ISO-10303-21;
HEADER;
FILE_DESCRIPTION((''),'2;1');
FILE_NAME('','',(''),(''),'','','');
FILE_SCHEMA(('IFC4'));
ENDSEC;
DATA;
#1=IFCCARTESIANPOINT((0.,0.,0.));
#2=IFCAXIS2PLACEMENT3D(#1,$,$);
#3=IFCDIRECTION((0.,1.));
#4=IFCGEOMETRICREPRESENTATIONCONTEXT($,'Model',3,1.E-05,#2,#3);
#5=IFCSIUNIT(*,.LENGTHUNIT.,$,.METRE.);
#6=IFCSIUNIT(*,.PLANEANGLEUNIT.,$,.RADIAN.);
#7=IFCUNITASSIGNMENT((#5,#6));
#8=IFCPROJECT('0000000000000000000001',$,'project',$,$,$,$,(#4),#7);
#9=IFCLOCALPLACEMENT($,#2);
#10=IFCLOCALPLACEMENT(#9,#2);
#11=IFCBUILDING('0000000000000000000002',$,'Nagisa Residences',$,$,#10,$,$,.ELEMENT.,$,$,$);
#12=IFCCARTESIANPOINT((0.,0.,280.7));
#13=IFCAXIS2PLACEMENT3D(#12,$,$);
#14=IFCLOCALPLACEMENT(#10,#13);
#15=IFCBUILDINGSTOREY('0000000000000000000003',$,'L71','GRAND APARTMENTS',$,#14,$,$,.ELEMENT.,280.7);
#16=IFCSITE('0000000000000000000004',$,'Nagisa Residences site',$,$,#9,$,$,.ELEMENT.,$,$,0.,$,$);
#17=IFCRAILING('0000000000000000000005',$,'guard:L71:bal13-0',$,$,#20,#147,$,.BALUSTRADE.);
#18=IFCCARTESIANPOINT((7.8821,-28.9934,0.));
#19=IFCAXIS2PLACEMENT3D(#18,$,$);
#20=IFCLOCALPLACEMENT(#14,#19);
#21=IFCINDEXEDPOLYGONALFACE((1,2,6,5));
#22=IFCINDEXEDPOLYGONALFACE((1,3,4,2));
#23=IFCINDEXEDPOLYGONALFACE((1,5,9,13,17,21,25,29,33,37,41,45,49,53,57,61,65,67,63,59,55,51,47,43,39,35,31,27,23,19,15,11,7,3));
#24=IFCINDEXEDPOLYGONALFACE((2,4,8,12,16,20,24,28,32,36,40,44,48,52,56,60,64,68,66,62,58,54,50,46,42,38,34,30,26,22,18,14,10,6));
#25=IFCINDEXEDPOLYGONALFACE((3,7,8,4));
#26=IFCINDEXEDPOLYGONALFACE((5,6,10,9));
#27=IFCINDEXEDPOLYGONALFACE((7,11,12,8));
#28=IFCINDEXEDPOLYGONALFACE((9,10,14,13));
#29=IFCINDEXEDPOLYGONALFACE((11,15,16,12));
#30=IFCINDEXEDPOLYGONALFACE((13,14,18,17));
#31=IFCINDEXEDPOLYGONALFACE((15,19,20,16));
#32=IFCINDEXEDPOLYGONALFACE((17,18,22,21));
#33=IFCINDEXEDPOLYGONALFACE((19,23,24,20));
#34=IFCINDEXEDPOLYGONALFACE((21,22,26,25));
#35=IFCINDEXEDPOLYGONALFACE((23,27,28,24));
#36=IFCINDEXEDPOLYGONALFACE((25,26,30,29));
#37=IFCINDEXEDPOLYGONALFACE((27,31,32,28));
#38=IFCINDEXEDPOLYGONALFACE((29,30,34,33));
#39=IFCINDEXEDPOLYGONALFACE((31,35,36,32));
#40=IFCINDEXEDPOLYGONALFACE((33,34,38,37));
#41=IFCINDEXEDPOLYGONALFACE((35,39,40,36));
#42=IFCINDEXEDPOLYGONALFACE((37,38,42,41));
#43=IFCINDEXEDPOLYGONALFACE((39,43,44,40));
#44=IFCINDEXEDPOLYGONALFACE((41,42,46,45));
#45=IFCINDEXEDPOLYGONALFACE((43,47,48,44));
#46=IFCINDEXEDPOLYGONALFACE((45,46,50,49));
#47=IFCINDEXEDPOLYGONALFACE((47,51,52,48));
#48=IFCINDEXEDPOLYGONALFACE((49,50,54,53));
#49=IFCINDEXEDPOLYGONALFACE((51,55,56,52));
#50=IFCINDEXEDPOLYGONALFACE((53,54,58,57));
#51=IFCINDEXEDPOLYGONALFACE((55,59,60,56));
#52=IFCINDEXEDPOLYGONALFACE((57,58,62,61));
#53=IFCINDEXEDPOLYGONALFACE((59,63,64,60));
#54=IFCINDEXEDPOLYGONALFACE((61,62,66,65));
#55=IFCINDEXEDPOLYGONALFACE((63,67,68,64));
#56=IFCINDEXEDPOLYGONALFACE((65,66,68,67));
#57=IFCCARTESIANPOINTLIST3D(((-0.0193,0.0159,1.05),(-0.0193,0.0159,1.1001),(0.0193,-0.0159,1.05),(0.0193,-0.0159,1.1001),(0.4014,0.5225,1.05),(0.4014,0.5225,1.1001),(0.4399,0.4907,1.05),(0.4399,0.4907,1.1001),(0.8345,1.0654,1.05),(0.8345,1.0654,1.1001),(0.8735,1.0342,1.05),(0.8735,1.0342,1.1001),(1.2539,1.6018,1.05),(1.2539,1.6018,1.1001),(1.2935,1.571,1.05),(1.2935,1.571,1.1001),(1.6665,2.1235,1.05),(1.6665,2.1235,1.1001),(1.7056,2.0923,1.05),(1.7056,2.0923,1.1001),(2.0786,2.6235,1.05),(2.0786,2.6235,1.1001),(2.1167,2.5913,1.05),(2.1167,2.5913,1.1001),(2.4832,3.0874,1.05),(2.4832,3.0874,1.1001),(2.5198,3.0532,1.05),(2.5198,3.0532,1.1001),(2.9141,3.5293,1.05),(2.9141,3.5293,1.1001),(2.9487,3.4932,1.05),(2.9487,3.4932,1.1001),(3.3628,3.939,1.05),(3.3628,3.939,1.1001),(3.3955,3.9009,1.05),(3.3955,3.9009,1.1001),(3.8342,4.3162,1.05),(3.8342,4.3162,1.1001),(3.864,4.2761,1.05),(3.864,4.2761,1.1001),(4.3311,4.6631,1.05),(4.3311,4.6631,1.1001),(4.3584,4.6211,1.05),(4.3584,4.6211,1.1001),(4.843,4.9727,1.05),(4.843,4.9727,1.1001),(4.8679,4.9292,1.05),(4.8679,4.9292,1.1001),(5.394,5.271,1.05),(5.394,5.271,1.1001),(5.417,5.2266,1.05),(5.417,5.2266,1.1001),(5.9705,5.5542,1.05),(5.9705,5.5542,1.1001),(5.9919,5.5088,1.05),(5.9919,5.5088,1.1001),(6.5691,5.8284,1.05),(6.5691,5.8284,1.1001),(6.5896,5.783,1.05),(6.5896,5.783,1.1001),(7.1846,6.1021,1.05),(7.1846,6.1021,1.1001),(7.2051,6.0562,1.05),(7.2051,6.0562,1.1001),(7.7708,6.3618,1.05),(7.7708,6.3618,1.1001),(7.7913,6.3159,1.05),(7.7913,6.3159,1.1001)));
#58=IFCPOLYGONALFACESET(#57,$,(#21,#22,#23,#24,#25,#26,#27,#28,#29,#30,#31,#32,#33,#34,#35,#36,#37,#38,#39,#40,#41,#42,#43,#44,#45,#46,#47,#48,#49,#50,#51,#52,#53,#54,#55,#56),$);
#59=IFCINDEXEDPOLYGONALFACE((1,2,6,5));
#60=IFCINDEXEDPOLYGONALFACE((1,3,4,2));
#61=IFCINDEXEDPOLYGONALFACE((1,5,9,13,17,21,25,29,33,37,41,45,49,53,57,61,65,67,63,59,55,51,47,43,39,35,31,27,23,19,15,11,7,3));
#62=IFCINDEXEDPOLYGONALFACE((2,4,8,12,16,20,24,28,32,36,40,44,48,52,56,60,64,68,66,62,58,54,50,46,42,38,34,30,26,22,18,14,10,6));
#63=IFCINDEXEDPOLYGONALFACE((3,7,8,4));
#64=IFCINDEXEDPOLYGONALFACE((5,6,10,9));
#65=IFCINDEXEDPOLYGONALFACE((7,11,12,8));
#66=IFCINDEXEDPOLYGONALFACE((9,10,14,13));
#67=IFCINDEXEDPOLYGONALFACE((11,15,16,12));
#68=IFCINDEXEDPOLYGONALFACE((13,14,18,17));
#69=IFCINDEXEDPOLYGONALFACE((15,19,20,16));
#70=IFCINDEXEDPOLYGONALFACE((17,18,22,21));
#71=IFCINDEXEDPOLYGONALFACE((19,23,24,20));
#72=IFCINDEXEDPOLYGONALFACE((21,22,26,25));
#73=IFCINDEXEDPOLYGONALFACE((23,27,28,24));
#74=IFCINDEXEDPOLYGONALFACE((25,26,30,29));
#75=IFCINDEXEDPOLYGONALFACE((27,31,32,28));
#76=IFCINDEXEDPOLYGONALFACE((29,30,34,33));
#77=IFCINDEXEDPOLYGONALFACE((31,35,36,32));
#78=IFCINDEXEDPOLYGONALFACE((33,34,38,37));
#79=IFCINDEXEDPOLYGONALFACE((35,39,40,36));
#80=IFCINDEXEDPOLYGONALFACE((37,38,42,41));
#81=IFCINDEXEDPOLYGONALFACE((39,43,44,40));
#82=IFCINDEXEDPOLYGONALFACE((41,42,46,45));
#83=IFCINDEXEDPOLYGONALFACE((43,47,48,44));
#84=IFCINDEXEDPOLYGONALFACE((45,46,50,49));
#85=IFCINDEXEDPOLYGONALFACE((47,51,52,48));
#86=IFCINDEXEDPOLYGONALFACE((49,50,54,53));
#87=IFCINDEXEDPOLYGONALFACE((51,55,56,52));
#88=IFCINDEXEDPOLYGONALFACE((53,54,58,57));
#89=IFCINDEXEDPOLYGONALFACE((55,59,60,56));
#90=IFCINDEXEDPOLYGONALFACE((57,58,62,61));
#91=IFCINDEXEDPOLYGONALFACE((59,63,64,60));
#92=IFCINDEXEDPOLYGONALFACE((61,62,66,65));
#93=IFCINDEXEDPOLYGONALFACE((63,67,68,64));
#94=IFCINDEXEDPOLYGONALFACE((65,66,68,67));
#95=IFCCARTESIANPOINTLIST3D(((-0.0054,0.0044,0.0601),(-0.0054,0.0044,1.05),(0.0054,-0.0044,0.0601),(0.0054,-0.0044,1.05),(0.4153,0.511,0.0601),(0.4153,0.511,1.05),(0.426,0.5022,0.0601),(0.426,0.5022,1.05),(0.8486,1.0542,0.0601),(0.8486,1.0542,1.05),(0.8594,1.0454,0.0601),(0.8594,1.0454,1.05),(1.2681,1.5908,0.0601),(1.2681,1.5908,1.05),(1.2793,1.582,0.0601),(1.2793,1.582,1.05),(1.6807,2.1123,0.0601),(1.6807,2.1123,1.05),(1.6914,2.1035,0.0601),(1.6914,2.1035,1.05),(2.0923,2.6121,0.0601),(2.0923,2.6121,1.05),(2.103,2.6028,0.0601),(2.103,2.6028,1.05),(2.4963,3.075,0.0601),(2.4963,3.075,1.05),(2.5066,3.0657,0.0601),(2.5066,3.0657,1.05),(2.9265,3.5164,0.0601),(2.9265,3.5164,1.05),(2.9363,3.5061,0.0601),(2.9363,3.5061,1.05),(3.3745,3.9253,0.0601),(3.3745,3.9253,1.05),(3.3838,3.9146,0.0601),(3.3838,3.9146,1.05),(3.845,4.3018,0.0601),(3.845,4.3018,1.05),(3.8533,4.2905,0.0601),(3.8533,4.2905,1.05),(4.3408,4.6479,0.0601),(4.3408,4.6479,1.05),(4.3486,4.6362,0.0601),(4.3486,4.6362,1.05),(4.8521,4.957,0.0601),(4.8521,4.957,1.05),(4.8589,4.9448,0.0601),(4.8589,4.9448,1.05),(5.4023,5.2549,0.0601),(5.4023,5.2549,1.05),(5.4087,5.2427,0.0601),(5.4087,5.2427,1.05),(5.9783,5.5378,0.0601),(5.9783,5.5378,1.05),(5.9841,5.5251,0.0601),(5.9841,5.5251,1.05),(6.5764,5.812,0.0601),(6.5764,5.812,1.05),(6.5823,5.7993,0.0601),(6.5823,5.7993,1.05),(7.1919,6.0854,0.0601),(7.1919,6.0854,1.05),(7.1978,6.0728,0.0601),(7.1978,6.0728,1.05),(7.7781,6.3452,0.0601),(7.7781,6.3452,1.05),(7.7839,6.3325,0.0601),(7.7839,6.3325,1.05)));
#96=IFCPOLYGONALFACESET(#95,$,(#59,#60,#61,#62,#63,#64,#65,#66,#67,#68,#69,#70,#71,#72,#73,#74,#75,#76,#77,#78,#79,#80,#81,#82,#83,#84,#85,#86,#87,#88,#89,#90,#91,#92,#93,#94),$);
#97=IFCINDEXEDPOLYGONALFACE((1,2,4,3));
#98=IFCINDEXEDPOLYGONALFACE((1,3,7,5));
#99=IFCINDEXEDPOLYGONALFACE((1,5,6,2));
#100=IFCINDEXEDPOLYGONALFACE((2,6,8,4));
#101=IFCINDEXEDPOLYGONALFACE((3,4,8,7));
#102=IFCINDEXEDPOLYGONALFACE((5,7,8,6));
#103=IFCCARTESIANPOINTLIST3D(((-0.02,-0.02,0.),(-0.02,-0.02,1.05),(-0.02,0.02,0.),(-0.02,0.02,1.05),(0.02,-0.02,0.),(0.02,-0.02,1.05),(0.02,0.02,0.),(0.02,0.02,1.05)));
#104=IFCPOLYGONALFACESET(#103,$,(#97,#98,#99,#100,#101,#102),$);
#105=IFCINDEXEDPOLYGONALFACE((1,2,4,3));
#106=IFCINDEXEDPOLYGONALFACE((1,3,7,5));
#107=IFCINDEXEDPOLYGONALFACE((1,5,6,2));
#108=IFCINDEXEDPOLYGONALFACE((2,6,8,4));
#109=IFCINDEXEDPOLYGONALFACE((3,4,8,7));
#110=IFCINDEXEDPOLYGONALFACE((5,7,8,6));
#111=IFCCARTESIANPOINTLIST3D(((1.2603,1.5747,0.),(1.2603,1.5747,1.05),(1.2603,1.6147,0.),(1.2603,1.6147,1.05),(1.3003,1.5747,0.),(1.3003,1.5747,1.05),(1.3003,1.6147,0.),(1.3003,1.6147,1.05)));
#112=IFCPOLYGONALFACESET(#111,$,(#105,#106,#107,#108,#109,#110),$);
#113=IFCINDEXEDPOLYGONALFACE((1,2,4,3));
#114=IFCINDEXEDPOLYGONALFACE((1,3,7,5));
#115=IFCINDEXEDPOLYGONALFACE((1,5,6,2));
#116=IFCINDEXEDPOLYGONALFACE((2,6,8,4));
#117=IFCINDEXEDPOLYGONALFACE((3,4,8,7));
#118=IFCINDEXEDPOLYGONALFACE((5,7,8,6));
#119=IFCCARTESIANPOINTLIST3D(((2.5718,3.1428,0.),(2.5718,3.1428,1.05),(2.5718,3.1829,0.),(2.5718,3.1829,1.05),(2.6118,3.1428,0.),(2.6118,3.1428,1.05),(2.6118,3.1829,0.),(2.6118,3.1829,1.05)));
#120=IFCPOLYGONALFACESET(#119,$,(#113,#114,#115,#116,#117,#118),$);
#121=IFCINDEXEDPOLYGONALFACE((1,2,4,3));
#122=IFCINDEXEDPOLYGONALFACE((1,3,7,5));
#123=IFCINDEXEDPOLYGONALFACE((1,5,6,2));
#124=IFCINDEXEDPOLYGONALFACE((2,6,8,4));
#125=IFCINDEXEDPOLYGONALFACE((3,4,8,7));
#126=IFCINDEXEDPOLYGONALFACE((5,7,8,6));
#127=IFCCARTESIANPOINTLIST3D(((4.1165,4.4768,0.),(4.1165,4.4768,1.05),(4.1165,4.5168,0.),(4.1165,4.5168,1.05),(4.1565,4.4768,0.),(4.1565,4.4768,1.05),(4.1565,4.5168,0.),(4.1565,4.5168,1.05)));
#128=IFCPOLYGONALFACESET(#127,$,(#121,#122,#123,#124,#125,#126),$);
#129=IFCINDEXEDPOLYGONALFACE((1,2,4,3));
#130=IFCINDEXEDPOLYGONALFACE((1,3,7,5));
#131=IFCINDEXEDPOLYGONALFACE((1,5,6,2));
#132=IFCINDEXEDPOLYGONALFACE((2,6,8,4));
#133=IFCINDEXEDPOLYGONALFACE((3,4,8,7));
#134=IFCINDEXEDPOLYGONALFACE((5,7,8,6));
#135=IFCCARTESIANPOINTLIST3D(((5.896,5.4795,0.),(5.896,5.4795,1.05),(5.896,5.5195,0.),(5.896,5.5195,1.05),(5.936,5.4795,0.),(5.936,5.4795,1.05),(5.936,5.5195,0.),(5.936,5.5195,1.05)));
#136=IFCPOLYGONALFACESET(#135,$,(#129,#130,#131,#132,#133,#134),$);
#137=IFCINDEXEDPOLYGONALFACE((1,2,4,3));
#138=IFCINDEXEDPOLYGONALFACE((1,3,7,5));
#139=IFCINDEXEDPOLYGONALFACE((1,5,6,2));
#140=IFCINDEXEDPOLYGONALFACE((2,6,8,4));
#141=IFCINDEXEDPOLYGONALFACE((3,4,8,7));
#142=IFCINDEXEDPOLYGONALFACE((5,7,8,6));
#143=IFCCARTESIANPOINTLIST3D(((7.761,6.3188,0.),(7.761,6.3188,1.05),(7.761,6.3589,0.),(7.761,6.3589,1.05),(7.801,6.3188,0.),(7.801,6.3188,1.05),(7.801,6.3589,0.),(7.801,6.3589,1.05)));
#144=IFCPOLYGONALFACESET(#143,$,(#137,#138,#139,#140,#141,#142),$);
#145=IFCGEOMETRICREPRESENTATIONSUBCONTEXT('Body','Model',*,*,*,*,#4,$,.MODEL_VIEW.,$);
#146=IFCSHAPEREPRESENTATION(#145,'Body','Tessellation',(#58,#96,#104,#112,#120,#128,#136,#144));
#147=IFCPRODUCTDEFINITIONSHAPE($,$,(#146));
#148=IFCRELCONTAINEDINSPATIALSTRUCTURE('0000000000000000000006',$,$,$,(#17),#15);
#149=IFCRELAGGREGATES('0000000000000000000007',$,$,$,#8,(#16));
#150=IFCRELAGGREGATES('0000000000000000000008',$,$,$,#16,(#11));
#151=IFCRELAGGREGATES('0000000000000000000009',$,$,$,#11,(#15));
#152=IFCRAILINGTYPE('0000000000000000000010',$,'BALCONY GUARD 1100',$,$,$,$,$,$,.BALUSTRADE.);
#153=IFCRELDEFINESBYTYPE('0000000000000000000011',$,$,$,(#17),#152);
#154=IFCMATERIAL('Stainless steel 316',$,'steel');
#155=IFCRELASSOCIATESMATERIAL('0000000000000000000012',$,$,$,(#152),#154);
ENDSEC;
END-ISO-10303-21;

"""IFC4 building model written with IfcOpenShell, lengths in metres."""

from ifc_helpers import new_model, si_unit, direction, frame, origin, origin_2d, place, context, subcontext, project, spatial, polyline, rectangle, outline, extrude, material, type_object, element, save


model = new_model("IFC4")

# Units and contexts
model_context = context("Model", 3, precision=1e-05, world=origin(), true_north=direction((0.0, 1.0)))
body_context = subcontext(model_context, "Body", "Model", "MODEL_VIEW")
ifc_project = project(units=[si_unit("LENGTHUNIT", "METRE"), si_unit("PLANEANGLEUNIT", "RADIAN")], contexts=[model_context])

# Site, building, storey
site_placement = place(None, origin())
site = spatial("IfcSite", under=ifc_project, at=site_placement, Name="Nagisa Residences site", CompositionType="ELEMENT", RefElevation=0.0)
building_placement = place(site_placement, origin())
building = spatial("IfcBuilding", under=site, at=building_placement, Name="Nagisa Residences", CompositionType="ELEMENT")
storey_placement = place(building_placement, frame((0.0, 0.0, 280.7)))
storey = spatial("IfcBuildingStorey", under=building, at=storey_placement, Name="L71", Description="GRAND APARTMENTS", CompositionType="ELEMENT", Elevation=280.7)

# Railing
ifc_material_1 = material(Name="Stainless steel 316", Category="steel")
railing_type = type_object("IfcRailingType", Name="BALCONY GUARD 1100", PredefinedType="BALUSTRADE", material=ifc_material_1)
railing_placement = place(storey_placement, frame((7.8821, -28.9934, 0.0)))
element("IfcRailing", 1, at=railing_placement, inside=storey, type_object=railing_type, Name="guard:L71:bal13-0", PredefinedType="BALUSTRADE", context=body_context, shape_type="SweptSolid", body=[
    extrude(outline(polyline([(0.4014, 0.5225), (-0.0193, 0.0159), (0.0193, -0.0159), (0.4399, 0.4907), (0.8735, 1.0342), (1.2935, 1.571), (1.7056, 2.0923), (2.1167, 2.5913), (2.5198, 3.0532), (2.9487, 3.4932), (3.3955, 3.9009), (3.864, 4.2761), (4.3584, 4.6211), (4.8679, 4.9292), (5.417, 5.2266), (5.9919, 5.5088), (6.5896, 5.783), (7.2051, 6.0562), (7.7913, 6.3159), (7.7708, 6.3618), (7.1846, 6.1021), (6.5691, 5.8284), (5.9705, 5.5542), (5.394, 5.271), (4.843, 4.9727), (4.3311, 4.6631), (3.8342, 4.3162), (3.3628, 3.939), (2.9141, 3.5293), (2.4832, 3.0874), (2.0786, 2.6235), (1.6665, 2.1235), (1.2539, 1.6018), (0.8345, 1.0654), (0.4014, 0.5225)])), frame((0.0, 0.0, 1.05)), (0.0, 0.0, 1.0), 0.05),
    extrude(outline(polyline([(0.4153, 0.511), (-0.0054, 0.0044), (0.0054, -0.0044), (0.426, 0.5022), (0.8594, 1.0454), (1.2793, 1.582), (1.6914, 2.1035), (2.103, 2.6028), (2.5066, 3.0657), (2.9363, 3.5061), (3.3838, 3.9146), (3.8533, 4.2905), (4.3486, 4.6362), (4.8589, 4.9448), (5.4087, 5.2427), (5.9841, 5.5251), (6.5823, 5.7993), (7.1978, 6.0728), (7.7839, 6.3325), (7.7781, 6.3452), (7.1919, 6.0854), (6.5764, 5.812), (5.9783, 5.5378), (5.4023, 5.2549), (4.8521, 4.957), (4.3408, 4.6479), (3.845, 4.3018), (3.3745, 3.9253), (2.9265, 3.5164), (2.4963, 3.075), (2.0923, 2.6121), (1.6807, 2.1123), (1.2681, 1.5908), (0.8486, 1.0542), (0.4153, 0.511)])), frame((0.0, 0.0, 0.0601)), (0.0, 0.0, 1.0), 0.99),
    extrude(rectangle(XDim=0.04, YDim=0.04, at=origin_2d()), origin(), (0.0, 0.0, 1.0), 1.05),
    extrude(rectangle(XDim=0.04, YDim=0.04, at=origin_2d()), frame((1.2803, 1.5947, 0.0)), (0.0, 0.0, 1.0), 1.05),
    extrude(rectangle(XDim=0.04, YDim=0.04, at=origin_2d()), frame((2.5918, 3.1628, 0.0)), (0.0, 0.0, 1.0), 1.05),
    extrude(rectangle(XDim=0.04, YDim=0.04, at=origin_2d()), frame((4.1365, 4.4968, 0.0)), (0.0, 0.0, 1.0), 1.05),
    extrude(rectangle(XDim=0.04, YDim=0.04, at=origin_2d()), frame((5.916, 5.4995, 0.0)), (0.0, 0.0, 1.0), 1.05),
    extrude(rectangle(XDim=0.04, YDim=0.04, at=origin_2d()), frame((7.781, 6.3389, 0.0)), (0.0, 0.0, 1.0), 1.05),
])

save(model, "model.ifc")
